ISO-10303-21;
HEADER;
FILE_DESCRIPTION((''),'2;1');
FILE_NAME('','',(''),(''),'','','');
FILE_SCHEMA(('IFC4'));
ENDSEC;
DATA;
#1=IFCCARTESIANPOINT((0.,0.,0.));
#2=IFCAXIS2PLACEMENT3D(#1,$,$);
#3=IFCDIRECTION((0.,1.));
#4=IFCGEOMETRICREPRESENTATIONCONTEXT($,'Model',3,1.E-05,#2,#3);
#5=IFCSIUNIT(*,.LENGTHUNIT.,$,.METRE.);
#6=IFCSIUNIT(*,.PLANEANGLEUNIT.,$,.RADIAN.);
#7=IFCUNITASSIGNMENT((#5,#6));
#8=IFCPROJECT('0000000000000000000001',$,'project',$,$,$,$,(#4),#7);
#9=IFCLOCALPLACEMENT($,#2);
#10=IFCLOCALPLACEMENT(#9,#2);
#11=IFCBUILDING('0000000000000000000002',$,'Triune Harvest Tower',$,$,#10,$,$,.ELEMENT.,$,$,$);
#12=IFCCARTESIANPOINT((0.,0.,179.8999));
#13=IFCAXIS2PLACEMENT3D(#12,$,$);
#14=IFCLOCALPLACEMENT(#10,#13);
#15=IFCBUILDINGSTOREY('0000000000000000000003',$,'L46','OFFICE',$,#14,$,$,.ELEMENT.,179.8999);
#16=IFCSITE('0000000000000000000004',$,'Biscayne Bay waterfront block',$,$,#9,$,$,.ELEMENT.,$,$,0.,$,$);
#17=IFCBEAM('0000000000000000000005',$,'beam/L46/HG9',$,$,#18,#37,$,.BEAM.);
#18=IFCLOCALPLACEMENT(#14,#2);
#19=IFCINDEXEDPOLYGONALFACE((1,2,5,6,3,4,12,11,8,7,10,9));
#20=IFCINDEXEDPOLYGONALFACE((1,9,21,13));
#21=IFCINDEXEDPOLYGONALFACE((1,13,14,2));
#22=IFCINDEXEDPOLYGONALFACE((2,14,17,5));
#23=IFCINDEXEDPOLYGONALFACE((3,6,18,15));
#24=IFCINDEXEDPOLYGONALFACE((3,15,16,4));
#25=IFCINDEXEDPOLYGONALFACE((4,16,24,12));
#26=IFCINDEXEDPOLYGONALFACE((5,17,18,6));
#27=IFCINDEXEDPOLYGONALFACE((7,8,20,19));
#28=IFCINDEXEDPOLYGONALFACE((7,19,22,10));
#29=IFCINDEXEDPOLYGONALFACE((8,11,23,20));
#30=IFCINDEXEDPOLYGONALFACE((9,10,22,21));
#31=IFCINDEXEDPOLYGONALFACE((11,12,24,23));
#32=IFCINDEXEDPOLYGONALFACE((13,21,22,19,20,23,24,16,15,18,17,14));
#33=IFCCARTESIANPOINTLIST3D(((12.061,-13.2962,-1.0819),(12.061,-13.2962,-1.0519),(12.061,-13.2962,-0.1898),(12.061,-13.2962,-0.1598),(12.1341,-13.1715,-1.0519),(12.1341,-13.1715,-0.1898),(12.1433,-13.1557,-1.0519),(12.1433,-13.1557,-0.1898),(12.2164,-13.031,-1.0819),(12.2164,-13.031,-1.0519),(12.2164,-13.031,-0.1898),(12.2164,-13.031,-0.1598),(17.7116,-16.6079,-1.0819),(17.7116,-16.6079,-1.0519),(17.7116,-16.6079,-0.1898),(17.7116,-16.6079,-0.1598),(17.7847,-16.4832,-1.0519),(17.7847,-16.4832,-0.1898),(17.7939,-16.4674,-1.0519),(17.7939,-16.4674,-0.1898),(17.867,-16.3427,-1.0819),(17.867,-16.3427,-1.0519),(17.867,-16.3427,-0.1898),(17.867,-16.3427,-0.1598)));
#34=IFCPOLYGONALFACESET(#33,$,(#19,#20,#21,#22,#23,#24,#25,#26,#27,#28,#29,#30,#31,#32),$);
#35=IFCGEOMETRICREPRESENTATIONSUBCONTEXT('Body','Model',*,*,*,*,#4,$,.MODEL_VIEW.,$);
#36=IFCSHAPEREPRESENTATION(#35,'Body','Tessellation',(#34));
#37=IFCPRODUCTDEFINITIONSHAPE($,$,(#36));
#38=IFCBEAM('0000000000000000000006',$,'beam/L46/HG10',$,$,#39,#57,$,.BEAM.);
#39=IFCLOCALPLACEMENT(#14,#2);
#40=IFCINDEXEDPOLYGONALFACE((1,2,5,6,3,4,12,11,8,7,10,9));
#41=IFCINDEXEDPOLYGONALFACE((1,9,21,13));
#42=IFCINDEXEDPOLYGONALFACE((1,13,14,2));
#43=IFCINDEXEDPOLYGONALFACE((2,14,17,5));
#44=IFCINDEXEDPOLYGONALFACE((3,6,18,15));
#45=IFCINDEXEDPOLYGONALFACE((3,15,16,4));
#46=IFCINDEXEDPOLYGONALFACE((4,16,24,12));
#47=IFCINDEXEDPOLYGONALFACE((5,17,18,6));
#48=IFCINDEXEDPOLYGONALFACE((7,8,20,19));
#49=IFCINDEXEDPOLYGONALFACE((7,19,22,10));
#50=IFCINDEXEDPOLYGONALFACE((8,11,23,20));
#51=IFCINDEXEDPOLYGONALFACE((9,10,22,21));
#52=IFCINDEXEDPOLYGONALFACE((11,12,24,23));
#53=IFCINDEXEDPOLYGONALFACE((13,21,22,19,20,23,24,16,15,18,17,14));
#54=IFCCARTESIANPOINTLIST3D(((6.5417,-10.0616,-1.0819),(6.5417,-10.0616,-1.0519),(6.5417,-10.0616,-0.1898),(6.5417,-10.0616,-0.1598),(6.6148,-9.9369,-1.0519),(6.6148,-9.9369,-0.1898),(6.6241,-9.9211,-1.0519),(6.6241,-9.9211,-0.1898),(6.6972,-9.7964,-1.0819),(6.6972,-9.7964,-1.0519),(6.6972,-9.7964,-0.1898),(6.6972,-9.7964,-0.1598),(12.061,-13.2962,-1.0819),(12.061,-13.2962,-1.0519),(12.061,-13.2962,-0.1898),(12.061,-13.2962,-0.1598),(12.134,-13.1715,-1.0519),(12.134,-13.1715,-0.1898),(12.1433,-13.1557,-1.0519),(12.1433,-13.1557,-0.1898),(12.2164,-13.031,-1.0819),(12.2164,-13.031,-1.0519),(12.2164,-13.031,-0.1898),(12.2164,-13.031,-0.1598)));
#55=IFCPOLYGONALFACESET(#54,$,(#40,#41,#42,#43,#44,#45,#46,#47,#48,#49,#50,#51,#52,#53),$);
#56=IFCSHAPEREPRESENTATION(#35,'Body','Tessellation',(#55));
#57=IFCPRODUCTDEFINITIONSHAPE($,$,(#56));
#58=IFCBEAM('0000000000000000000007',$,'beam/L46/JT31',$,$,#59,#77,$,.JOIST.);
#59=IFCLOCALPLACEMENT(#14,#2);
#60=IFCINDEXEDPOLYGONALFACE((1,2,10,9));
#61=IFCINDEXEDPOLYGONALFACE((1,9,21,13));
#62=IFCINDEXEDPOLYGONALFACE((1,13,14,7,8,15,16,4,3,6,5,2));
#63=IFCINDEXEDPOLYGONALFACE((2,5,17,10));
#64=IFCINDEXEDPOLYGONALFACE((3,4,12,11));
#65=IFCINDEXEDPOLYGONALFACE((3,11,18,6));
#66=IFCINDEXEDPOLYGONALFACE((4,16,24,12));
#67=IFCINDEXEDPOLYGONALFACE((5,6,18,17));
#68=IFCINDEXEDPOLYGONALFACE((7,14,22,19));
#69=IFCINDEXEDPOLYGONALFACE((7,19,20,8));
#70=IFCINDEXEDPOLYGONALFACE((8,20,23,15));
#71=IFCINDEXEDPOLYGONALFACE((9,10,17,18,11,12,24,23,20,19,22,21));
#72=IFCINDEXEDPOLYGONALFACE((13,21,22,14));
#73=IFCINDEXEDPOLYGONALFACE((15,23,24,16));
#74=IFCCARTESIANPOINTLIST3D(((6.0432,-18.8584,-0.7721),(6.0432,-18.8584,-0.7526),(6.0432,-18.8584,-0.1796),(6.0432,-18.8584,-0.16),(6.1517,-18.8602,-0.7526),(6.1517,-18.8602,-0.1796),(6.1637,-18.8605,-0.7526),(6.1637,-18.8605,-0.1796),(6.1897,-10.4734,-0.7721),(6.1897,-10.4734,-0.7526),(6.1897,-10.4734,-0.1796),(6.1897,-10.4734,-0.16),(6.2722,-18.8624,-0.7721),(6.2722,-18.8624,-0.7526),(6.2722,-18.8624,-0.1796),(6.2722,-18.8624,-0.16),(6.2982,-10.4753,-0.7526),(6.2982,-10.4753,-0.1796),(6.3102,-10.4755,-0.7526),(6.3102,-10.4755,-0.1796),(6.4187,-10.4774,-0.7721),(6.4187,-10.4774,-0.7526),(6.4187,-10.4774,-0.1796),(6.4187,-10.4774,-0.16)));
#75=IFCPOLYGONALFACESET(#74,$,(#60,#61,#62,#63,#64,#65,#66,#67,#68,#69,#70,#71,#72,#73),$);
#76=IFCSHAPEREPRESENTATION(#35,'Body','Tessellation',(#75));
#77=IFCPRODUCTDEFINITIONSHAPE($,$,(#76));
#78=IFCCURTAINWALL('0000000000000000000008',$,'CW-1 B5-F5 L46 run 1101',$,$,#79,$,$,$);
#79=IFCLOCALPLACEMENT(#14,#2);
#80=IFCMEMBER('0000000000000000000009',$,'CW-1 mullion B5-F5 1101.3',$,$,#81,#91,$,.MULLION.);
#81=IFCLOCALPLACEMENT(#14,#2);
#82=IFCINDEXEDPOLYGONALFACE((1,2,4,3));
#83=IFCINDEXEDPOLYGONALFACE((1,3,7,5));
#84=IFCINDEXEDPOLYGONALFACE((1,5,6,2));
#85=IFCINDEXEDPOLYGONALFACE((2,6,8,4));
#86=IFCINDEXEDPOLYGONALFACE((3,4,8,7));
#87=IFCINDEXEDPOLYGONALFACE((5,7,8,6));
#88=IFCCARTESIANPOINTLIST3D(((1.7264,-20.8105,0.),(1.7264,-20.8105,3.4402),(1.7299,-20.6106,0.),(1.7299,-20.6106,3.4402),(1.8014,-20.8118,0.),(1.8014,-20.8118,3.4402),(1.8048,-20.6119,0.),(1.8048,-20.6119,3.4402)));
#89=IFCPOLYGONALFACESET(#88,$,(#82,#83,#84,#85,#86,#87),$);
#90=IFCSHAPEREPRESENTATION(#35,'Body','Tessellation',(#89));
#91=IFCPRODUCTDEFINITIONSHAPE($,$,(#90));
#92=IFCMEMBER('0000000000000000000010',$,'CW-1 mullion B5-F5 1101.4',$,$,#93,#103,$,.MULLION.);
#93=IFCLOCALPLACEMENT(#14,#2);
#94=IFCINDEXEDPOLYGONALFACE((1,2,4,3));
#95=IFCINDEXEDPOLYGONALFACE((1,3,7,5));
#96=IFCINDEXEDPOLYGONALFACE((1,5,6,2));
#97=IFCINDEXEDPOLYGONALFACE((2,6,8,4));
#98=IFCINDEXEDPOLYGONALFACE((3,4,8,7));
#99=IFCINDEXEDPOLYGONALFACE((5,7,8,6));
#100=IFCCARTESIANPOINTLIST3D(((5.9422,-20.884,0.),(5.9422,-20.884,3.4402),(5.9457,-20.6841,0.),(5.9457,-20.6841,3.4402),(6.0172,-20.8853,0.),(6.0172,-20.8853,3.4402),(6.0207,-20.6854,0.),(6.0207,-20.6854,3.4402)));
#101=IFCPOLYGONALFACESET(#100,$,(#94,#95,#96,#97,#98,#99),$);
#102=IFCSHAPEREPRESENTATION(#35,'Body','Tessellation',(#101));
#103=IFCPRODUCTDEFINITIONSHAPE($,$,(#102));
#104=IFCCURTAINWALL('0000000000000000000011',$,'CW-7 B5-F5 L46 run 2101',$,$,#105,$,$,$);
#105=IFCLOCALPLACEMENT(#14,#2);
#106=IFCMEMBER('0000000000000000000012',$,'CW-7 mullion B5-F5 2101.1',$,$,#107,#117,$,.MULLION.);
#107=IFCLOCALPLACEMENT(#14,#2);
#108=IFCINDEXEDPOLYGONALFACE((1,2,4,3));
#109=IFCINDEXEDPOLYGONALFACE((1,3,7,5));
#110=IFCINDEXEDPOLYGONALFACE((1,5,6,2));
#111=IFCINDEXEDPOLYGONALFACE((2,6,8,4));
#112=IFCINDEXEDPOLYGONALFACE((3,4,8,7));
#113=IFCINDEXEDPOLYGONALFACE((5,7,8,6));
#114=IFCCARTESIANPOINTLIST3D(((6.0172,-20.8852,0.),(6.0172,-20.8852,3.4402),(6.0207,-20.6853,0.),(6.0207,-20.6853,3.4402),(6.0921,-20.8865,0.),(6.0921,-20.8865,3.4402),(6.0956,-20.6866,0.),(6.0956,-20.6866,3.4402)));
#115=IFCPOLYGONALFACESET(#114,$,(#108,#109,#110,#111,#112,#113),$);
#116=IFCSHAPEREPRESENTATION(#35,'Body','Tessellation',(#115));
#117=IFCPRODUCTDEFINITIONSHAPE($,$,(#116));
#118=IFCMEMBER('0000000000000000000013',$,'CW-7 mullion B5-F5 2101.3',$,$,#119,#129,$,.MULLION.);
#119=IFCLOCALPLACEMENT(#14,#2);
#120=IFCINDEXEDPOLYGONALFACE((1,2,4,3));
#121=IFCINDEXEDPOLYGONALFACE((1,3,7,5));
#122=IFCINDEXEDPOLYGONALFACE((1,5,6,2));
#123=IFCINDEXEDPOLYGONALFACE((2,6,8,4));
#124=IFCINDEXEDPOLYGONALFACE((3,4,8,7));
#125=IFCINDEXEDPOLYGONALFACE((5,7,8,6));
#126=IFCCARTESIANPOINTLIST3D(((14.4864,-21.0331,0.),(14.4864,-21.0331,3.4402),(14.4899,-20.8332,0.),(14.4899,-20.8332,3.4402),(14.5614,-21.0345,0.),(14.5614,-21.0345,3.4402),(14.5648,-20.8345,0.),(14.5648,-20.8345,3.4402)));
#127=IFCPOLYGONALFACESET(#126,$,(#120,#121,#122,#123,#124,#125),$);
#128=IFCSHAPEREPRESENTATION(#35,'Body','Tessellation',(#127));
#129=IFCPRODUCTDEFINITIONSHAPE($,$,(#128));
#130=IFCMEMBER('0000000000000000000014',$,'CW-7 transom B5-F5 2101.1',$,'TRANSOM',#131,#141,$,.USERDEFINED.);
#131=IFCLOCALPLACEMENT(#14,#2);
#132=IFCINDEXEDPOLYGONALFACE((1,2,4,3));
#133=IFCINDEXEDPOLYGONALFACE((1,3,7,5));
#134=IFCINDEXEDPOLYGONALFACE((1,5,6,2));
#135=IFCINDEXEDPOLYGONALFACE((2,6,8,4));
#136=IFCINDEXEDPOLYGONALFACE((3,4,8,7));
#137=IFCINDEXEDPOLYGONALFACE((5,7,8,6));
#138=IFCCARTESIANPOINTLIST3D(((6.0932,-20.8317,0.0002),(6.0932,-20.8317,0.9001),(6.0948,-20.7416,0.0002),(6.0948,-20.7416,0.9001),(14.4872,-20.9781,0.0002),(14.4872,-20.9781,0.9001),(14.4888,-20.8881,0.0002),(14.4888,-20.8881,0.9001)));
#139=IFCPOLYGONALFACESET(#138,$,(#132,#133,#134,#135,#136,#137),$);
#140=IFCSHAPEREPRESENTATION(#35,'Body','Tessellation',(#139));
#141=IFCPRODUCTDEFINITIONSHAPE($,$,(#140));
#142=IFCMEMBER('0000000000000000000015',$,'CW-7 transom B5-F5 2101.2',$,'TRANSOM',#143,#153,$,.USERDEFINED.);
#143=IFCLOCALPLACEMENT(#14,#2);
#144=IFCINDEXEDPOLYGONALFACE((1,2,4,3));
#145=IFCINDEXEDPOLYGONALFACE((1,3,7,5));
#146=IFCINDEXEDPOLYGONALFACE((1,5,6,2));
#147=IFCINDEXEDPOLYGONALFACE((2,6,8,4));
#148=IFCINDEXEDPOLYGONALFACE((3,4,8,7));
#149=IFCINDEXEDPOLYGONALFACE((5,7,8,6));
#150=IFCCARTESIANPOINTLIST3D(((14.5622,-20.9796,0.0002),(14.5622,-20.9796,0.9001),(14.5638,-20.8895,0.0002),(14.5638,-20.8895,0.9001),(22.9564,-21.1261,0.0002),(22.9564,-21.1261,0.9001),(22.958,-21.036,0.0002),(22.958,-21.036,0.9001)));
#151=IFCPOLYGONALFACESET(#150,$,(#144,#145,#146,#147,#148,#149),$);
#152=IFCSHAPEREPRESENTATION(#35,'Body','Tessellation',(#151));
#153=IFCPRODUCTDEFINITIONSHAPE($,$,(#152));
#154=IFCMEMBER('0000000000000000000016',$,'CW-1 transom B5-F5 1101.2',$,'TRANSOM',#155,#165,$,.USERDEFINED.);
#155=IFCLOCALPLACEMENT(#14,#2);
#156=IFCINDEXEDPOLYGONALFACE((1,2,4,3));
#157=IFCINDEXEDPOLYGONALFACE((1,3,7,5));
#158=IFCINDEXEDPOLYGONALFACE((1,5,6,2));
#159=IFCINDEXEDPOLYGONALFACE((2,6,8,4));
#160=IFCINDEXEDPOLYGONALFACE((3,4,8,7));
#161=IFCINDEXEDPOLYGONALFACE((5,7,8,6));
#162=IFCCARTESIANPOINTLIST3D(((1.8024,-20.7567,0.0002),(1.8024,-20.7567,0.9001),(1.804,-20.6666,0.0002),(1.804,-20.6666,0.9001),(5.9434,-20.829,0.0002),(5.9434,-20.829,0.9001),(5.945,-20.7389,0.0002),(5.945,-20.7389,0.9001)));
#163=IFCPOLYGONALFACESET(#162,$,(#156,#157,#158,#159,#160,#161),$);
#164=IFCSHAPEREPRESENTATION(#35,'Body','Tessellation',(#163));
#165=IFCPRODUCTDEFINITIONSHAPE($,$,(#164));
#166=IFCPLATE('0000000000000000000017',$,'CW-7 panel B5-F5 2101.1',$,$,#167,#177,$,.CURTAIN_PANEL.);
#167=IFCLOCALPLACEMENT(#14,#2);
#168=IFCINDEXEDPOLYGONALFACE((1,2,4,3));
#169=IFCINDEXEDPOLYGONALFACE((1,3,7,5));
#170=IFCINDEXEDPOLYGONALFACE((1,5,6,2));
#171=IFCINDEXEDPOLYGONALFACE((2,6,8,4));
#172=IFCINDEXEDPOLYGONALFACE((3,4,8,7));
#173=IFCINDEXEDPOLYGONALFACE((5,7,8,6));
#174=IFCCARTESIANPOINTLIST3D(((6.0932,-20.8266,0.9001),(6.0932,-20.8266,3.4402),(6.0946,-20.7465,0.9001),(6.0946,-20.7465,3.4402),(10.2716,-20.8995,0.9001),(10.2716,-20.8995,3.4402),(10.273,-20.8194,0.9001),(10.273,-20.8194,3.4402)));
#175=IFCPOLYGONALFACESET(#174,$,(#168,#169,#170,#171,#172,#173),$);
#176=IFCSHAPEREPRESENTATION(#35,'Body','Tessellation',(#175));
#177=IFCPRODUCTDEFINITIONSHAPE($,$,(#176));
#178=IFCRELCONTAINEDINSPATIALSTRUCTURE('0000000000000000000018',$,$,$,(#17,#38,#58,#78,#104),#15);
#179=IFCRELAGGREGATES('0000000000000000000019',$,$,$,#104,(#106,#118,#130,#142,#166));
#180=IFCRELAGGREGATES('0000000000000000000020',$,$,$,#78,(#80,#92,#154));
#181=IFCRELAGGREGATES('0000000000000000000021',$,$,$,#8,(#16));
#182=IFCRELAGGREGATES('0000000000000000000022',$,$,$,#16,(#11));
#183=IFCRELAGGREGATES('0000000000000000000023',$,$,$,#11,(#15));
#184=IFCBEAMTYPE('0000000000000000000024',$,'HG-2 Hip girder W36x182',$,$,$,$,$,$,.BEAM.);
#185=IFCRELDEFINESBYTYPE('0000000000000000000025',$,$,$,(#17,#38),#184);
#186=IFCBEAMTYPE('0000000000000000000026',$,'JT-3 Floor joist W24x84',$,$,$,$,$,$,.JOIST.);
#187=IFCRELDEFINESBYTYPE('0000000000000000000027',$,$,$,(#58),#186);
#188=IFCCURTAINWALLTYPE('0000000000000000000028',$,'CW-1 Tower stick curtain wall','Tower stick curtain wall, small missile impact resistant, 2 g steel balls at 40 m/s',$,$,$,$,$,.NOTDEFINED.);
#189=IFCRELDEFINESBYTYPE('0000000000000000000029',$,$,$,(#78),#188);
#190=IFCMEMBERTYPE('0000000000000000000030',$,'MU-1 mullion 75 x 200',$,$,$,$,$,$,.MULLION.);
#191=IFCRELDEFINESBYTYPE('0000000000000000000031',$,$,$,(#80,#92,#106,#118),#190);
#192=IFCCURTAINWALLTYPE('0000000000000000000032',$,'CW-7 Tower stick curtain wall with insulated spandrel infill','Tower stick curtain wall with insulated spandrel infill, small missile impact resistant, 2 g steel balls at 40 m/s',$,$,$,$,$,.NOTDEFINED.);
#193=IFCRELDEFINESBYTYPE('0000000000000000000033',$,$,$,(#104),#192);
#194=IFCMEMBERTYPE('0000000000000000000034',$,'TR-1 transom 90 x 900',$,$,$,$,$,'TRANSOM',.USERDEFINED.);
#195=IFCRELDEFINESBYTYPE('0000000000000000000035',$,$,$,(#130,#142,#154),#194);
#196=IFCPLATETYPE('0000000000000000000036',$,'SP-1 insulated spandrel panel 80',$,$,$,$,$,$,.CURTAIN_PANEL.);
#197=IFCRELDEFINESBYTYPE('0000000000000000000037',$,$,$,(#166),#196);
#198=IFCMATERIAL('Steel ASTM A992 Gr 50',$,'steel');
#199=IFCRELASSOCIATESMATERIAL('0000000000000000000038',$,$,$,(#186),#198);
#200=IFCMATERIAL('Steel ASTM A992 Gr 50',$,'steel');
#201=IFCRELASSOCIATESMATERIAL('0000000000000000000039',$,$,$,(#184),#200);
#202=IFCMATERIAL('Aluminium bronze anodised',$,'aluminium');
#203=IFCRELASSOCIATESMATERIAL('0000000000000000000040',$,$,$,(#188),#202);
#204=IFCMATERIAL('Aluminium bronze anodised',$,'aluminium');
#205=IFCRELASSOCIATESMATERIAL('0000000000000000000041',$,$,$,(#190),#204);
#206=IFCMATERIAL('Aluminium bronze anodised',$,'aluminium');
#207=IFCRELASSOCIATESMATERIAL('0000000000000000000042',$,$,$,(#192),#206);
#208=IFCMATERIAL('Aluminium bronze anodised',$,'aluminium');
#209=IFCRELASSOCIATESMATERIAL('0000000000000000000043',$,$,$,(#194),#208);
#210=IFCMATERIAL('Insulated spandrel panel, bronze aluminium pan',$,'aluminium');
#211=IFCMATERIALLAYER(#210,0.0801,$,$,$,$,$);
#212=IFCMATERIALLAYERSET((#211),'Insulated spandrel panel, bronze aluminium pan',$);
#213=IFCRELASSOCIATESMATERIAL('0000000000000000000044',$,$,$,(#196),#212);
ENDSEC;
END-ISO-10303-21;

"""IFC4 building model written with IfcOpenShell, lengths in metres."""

from ifc_helpers import new_model, si_unit, direction, frame, origin, origin_2d, place, context, subcontext, project, spatial, rectangle, i_section, extrude, source, transform, mapped, material, layer, layer_set, material_profile, profile_set, type_object, element, aggregate, save


model = new_model("IFC4")

# Units and contexts
model_context = context("Model", 3, precision=1e-05, world=origin(), true_north=direction((0.0, 1.0)))
body_context = subcontext(model_context, "Body", "Model", "MODEL_VIEW")
ifc_project = project(units=[si_unit("LENGTHUNIT", "METRE"), si_unit("PLANEANGLEUNIT", "RADIAN")], contexts=[model_context])

# Site, building, storey
site_placement = place(None, origin())
site = spatial("IfcSite", under=ifc_project, at=site_placement, Name="Biscayne Bay waterfront block", CompositionType="ELEMENT", RefElevation=0.0)
building_placement = place(site_placement, origin())
building = spatial("IfcBuilding", under=site, at=building_placement, Name="Triune Harvest Tower", CompositionType="ELEMENT")
storey_placement = place(building_placement, frame((0.0, 0.0, 179.8999)))
storey = spatial("IfcBuildingStorey", under=building, at=storey_placement, Name="L46", Description="OFFICE", CompositionType="ELEMENT", Elevation=179.8999)

# Beams
ifc_material_1 = material(Name="Steel ASTM A992 Gr 50", Category="steel")
ifc_material_profile_1 = material_profile(ifc_material_1, i_section(OverallWidth=0.229, OverallDepth=0.6121, WebThickness=0.012, FlangeThickness=0.0195, at=origin_2d()), Name="W24x84")
ifc_profile_set_1 = profile_set([ifc_material_profile_1], Name="Steel ASTM A992 Gr 50")
beam_type_1 = type_object("IfcBeamType", Name="JT-3 Floor joist W24x84", PredefinedType="JOIST", material=ifc_profile_set_1)
ifc_material_2 = material(Name="Steel ASTM A992 Gr 50", Category="steel")
ifc_material_profile_2 = material_profile(ifc_material_2, i_section(OverallWidth=0.3074, OverallDepth=0.9221, WebThickness=0.0183, FlangeThickness=0.03, at=origin_2d()), Name="W36x182")
ifc_profile_set_2 = profile_set([ifc_material_profile_2], Name="Steel ASTM A992 Gr 50")
beam_type_2 = type_object("IfcBeamType", Name="HG-2 Hip girder W36x182", PredefinedType="BEAM", material=ifc_profile_set_2)
shared_shape_1 = source(origin(), body_context, "Body", "SweptSolid", [
    extrude(i_section(OverallWidth=0.3074, OverallDepth=0.9221, WebThickness=0.0183, FlangeThickness=0.03, at=origin_2d()), origin(), (0.0, 0.0, 1.0), 6.5496),
])
beam_1_placement = place(storey_placement, frame((17.7893, -16.4753, -0.6208), z_axis=(-0.862743, 0.505643, 0.0), x_axis=(-0.505643, -0.862743, 0.0)))
element("IfcBeam", 1, at=beam_1_placement, inside=storey, type_object=beam_type_2, Name="beam/L46/HG9", PredefinedType="BEAM", context=body_context, shape_type="MappedRepresentation", body=[
    mapped(shared_shape_1, transform((0.0, 0.0, 0.0), scale=1.0)),
])
shared_shape_2 = source(origin(), body_context, "Body", "SweptSolid", [
    extrude(i_section(OverallWidth=0.3074, OverallDepth=0.9221, WebThickness=0.0183, FlangeThickness=0.03, at=origin_2d()), origin(), (0.0, 0.0, 1.0), 6.3972),
])
beam_2_placement = place(storey_placement, frame((12.1387, -13.1636, -0.6208), z_axis=(-0.862754, 0.505624, 0.0), x_axis=(-0.505624, -0.862754, 0.0)))
element("IfcBeam", 2, at=beam_2_placement, inside=storey, type_object=beam_type_2, Name="beam/L46/HG10", PredefinedType="BEAM", context=body_context, shape_type="MappedRepresentation", body=[
    mapped(shared_shape_2, transform((0.0, 0.0, 0.0), scale=1.0)),
])
shared_shape_3 = source(origin(), body_context, "Body", "SweptSolid", [
    extrude(i_section(OverallWidth=0.229, OverallDepth=0.6121, WebThickness=0.012, FlangeThickness=0.0195, at=origin_2d()), origin(), (0.0, 0.0, 1.0), 8.3862),
])
beam_3_placement = place(storey_placement, frame((6.1577, -18.8604, -0.4661), z_axis=(0.017467, 0.999847, 0.0), x_axis=(-0.999847, 0.017467, 0.0)))
element("IfcBeam", 3, at=beam_3_placement, inside=storey, type_object=beam_type_1, Name="beam/L46/JT31", PredefinedType="JOIST", context=body_context, shape_type="MappedRepresentation", body=[
    mapped(shared_shape_3, transform((0.0, 0.0, 0.0), scale=1.0)),
])

# Curtain walls, members
ifc_material_3 = material(Name="Aluminium bronze anodised", Category="aluminium")
curtain_wall_type_1 = type_object("IfcCurtainWallType", Name="CW-1 Tower stick curtain wall", Description="Tower stick curtain wall, small missile impact resistant, 2 g steel balls at 40 m/s", PredefinedType="NOTDEFINED", material=ifc_material_3)
curtain_wall_1_placement = place(storey_placement, origin())
curtain_wall_1 = element("IfcCurtainWall", 4, at=curtain_wall_1_placement, inside=storey, type_object=curtain_wall_type_1, Name="CW-1 B5-F5 L46 run 1101")
ifc_material_4 = material(Name="Aluminium bronze anodised", Category="aluminium")
ifc_material_profile_3 = material_profile(ifc_material_4, rectangle(XDim=0.2, YDim=0.075, at=origin_2d()), Name="MU-1 mullion 75 x 200")
ifc_profile_set_3 = profile_set([ifc_material_profile_3], Name="Aluminium bronze anodised")
member_type_1 = type_object("IfcMemberType", Name="MU-1 mullion 75 x 200", PredefinedType="MULLION", material=ifc_profile_set_3)
shared_shape_4 = source(origin(), body_context, "Body", "SweptSolid", [
    extrude(rectangle(XDim=0.2, YDim=0.075, at=origin_2d()), origin(), (0.0, 0.0, 1.0), 3.4402),
])
member_1_placement = place(storey_placement, frame((1.7656, -20.7112, 0.0), z_axis=(0.0, 0.0, 1.0), x_axis=(0.017451, 0.999848, 0.0)))
member_1 = element("IfcMember", 5, at=member_1_placement, type_object=member_type_1, Name="CW-1 mullion B5-F5 1101.3", PredefinedType="MULLION", context=body_context, shape_type="MappedRepresentation", body=[
    mapped(shared_shape_4, transform((0.0, 0.0, 0.0), scale=1.0)),
])
member_2_placement = place(storey_placement, frame((5.9814, -20.7847, 0.0), z_axis=(0.0, 0.0, 1.0), x_axis=(0.017451, 0.999848, 0.0)))
member_2 = element("IfcMember", 6, at=member_2_placement, type_object=member_type_1, Name="CW-1 mullion B5-F5 1101.4", PredefinedType="MULLION", context=body_context, shape_type="MappedRepresentation", body=[
    mapped(shared_shape_4, transform((0.0, 0.0, 0.0), scale=1.0)),
])
ifc_material_5 = material(Name="Aluminium bronze anodised", Category="aluminium")
curtain_wall_type_2 = type_object("IfcCurtainWallType", Name="CW-7 Tower stick curtain wall with insulated spandrel infill", Description="Tower stick curtain wall with insulated spandrel infill, small missile impact resistant, 2 g steel balls at 40 m/s", PredefinedType="NOTDEFINED", material=ifc_material_5)
curtain_wall_2_placement = place(storey_placement, origin())
curtain_wall_2 = element("IfcCurtainWall", 7, at=curtain_wall_2_placement, inside=storey, type_object=curtain_wall_type_2, Name="CW-7 B5-F5 L46 run 2101")
member_3_placement = place(storey_placement, frame((6.0564, -20.7859, 0.0), z_axis=(0.0, 0.0, 1.0), x_axis=(0.017454, 0.999848, 0.0)))
member_3 = element("IfcMember", 8, at=member_3_placement, type_object=member_type_1, Name="CW-7 mullion B5-F5 2101.1", PredefinedType="MULLION", context=body_context, shape_type="MappedRepresentation", body=[
    mapped(shared_shape_4, transform((0.0, 0.0, 0.0), scale=1.0)),
])
member_4_placement = place(storey_placement, frame((14.5256, -20.9338, 0.0), z_axis=(0.0, 0.0, 1.0), x_axis=(0.017454, 0.999848, 0.0)))
member_4 = element("IfcMember", 9, at=member_4_placement, type_object=member_type_1, Name="CW-7 mullion B5-F5 2101.3", PredefinedType="MULLION", context=body_context, shape_type="MappedRepresentation", body=[
    mapped(shared_shape_4, transform((0.0, 0.0, 0.0), scale=1.0)),
])
ifc_material_6 = material(Name="Aluminium bronze anodised", Category="aluminium")
ifc_material_profile_4 = material_profile(ifc_material_6, rectangle(XDim=0.0901, YDim=0.8999, at=origin_2d()), Name="TR-1 transom 90 x 900")
ifc_profile_set_4 = profile_set([ifc_material_profile_4], Name="Aluminium bronze anodised")
member_type_2 = type_object("IfcMemberType", Name="TR-1 transom 90 x 900", ElementType="TRANSOM", PredefinedType="USERDEFINED", material=ifc_profile_set_4)
shared_shape_5 = source(origin(), body_context, "Body", "SweptSolid", [
    extrude(rectangle(XDim=0.0901, YDim=0.8999, at=origin_2d()), origin(), (0.0, 0.0, 1.0), 8.3953),
])
member_5_placement = place(storey_placement, frame((6.094, -20.7866, 0.4502), z_axis=(0.999848, -0.017448, 0.0), x_axis=(0.017448, 0.999848, 0.0)))
member_5 = element("IfcMember", 10, at=member_5_placement, type_object=member_type_2, Name="CW-7 transom B5-F5 2101.1", ObjectType="TRANSOM", PredefinedType="USERDEFINED", context=body_context, shape_type="MappedRepresentation", body=[
    mapped(shared_shape_5, transform((0.0, 0.0, 0.0), scale=1.0)),
])
shared_shape_6 = source(origin(), body_context, "Body", "SweptSolid", [
    extrude(rectangle(XDim=0.0901, YDim=0.8999, at=origin_2d()), origin(), (0.0, 0.0, 1.0), 8.3955),
])
member_6_placement = place(storey_placement, frame((14.563, -20.9346, 0.4502), z_axis=(0.999848, -0.017448, 0.0), x_axis=(0.017448, 0.999848, 0.0)))
member_6 = element("IfcMember", 11, at=member_6_placement, type_object=member_type_2, Name="CW-7 transom B5-F5 2101.2", ObjectType="TRANSOM", PredefinedType="USERDEFINED", context=body_context, shape_type="MappedRepresentation", body=[
    mapped(shared_shape_6, transform((0.0, 0.0, 0.0), scale=1.0)),
])

# Member
shared_shape_7 = source(origin(), body_context, "Body", "SweptSolid", [
    extrude(rectangle(XDim=0.0901, YDim=0.8999, at=origin_2d()), origin(), (0.0, 0.0, 1.0), 4.1416),
])
member_7_placement = place(storey_placement, frame((1.8032, -20.7117, 0.4502), z_axis=(0.999848, -0.017449, 0.0), x_axis=(0.017449, 0.999848, 0.0)))
member_7 = element("IfcMember", 12, at=member_7_placement, type_object=member_type_2, Name="CW-1 transom B5-F5 1101.2", ObjectType="TRANSOM", PredefinedType="USERDEFINED", context=body_context, shape_type="MappedRepresentation", body=[
    mapped(shared_shape_7, transform((0.0, 0.0, 0.0), scale=1.0)),
])

# Plate
ifc_material_7 = material(Name="Insulated spandrel panel, bronze aluminium pan", Category="aluminium")
ifc_layer_1 = layer(ifc_material_7, 0.0801)
ifc_layer_set_1 = layer_set([ifc_layer_1], Name="Insulated spandrel panel, bronze aluminium pan")
plate_type_1 = type_object("IfcPlateType", Name="SP-1 insulated spandrel panel 80", PredefinedType="CURTAIN_PANEL", material=ifc_layer_set_1)
shared_shape_8 = source(origin(), body_context, "Body", "SweptSolid", [
    extrude(rectangle(XDim=4.179, YDim=0.0801, at=origin_2d()), origin(), (0.0, 0.0, 1.0), 2.54),
])
plate_1_placement = place(storey_placement, frame((8.1831, -20.823, 0.9001), z_axis=(0.0, 0.0, 1.0), x_axis=(0.999848, -0.017454, 0.0)))
plate_1 = element("IfcPlate", 13, at=plate_1_placement, type_object=plate_type_1, Name="CW-7 panel B5-F5 2101.1", PredefinedType="CURTAIN_PANEL", context=body_context, shape_type="MappedRepresentation", body=[
    mapped(shared_shape_8, transform((0.0, 0.0, 0.0), scale=1.0)),
])
aggregate(curtain_wall_2, [member_3, member_4, member_5, member_6, plate_1])
aggregate(curtain_wall_1, [member_1, member_2, member_7])

save(model, "model.ifc")
